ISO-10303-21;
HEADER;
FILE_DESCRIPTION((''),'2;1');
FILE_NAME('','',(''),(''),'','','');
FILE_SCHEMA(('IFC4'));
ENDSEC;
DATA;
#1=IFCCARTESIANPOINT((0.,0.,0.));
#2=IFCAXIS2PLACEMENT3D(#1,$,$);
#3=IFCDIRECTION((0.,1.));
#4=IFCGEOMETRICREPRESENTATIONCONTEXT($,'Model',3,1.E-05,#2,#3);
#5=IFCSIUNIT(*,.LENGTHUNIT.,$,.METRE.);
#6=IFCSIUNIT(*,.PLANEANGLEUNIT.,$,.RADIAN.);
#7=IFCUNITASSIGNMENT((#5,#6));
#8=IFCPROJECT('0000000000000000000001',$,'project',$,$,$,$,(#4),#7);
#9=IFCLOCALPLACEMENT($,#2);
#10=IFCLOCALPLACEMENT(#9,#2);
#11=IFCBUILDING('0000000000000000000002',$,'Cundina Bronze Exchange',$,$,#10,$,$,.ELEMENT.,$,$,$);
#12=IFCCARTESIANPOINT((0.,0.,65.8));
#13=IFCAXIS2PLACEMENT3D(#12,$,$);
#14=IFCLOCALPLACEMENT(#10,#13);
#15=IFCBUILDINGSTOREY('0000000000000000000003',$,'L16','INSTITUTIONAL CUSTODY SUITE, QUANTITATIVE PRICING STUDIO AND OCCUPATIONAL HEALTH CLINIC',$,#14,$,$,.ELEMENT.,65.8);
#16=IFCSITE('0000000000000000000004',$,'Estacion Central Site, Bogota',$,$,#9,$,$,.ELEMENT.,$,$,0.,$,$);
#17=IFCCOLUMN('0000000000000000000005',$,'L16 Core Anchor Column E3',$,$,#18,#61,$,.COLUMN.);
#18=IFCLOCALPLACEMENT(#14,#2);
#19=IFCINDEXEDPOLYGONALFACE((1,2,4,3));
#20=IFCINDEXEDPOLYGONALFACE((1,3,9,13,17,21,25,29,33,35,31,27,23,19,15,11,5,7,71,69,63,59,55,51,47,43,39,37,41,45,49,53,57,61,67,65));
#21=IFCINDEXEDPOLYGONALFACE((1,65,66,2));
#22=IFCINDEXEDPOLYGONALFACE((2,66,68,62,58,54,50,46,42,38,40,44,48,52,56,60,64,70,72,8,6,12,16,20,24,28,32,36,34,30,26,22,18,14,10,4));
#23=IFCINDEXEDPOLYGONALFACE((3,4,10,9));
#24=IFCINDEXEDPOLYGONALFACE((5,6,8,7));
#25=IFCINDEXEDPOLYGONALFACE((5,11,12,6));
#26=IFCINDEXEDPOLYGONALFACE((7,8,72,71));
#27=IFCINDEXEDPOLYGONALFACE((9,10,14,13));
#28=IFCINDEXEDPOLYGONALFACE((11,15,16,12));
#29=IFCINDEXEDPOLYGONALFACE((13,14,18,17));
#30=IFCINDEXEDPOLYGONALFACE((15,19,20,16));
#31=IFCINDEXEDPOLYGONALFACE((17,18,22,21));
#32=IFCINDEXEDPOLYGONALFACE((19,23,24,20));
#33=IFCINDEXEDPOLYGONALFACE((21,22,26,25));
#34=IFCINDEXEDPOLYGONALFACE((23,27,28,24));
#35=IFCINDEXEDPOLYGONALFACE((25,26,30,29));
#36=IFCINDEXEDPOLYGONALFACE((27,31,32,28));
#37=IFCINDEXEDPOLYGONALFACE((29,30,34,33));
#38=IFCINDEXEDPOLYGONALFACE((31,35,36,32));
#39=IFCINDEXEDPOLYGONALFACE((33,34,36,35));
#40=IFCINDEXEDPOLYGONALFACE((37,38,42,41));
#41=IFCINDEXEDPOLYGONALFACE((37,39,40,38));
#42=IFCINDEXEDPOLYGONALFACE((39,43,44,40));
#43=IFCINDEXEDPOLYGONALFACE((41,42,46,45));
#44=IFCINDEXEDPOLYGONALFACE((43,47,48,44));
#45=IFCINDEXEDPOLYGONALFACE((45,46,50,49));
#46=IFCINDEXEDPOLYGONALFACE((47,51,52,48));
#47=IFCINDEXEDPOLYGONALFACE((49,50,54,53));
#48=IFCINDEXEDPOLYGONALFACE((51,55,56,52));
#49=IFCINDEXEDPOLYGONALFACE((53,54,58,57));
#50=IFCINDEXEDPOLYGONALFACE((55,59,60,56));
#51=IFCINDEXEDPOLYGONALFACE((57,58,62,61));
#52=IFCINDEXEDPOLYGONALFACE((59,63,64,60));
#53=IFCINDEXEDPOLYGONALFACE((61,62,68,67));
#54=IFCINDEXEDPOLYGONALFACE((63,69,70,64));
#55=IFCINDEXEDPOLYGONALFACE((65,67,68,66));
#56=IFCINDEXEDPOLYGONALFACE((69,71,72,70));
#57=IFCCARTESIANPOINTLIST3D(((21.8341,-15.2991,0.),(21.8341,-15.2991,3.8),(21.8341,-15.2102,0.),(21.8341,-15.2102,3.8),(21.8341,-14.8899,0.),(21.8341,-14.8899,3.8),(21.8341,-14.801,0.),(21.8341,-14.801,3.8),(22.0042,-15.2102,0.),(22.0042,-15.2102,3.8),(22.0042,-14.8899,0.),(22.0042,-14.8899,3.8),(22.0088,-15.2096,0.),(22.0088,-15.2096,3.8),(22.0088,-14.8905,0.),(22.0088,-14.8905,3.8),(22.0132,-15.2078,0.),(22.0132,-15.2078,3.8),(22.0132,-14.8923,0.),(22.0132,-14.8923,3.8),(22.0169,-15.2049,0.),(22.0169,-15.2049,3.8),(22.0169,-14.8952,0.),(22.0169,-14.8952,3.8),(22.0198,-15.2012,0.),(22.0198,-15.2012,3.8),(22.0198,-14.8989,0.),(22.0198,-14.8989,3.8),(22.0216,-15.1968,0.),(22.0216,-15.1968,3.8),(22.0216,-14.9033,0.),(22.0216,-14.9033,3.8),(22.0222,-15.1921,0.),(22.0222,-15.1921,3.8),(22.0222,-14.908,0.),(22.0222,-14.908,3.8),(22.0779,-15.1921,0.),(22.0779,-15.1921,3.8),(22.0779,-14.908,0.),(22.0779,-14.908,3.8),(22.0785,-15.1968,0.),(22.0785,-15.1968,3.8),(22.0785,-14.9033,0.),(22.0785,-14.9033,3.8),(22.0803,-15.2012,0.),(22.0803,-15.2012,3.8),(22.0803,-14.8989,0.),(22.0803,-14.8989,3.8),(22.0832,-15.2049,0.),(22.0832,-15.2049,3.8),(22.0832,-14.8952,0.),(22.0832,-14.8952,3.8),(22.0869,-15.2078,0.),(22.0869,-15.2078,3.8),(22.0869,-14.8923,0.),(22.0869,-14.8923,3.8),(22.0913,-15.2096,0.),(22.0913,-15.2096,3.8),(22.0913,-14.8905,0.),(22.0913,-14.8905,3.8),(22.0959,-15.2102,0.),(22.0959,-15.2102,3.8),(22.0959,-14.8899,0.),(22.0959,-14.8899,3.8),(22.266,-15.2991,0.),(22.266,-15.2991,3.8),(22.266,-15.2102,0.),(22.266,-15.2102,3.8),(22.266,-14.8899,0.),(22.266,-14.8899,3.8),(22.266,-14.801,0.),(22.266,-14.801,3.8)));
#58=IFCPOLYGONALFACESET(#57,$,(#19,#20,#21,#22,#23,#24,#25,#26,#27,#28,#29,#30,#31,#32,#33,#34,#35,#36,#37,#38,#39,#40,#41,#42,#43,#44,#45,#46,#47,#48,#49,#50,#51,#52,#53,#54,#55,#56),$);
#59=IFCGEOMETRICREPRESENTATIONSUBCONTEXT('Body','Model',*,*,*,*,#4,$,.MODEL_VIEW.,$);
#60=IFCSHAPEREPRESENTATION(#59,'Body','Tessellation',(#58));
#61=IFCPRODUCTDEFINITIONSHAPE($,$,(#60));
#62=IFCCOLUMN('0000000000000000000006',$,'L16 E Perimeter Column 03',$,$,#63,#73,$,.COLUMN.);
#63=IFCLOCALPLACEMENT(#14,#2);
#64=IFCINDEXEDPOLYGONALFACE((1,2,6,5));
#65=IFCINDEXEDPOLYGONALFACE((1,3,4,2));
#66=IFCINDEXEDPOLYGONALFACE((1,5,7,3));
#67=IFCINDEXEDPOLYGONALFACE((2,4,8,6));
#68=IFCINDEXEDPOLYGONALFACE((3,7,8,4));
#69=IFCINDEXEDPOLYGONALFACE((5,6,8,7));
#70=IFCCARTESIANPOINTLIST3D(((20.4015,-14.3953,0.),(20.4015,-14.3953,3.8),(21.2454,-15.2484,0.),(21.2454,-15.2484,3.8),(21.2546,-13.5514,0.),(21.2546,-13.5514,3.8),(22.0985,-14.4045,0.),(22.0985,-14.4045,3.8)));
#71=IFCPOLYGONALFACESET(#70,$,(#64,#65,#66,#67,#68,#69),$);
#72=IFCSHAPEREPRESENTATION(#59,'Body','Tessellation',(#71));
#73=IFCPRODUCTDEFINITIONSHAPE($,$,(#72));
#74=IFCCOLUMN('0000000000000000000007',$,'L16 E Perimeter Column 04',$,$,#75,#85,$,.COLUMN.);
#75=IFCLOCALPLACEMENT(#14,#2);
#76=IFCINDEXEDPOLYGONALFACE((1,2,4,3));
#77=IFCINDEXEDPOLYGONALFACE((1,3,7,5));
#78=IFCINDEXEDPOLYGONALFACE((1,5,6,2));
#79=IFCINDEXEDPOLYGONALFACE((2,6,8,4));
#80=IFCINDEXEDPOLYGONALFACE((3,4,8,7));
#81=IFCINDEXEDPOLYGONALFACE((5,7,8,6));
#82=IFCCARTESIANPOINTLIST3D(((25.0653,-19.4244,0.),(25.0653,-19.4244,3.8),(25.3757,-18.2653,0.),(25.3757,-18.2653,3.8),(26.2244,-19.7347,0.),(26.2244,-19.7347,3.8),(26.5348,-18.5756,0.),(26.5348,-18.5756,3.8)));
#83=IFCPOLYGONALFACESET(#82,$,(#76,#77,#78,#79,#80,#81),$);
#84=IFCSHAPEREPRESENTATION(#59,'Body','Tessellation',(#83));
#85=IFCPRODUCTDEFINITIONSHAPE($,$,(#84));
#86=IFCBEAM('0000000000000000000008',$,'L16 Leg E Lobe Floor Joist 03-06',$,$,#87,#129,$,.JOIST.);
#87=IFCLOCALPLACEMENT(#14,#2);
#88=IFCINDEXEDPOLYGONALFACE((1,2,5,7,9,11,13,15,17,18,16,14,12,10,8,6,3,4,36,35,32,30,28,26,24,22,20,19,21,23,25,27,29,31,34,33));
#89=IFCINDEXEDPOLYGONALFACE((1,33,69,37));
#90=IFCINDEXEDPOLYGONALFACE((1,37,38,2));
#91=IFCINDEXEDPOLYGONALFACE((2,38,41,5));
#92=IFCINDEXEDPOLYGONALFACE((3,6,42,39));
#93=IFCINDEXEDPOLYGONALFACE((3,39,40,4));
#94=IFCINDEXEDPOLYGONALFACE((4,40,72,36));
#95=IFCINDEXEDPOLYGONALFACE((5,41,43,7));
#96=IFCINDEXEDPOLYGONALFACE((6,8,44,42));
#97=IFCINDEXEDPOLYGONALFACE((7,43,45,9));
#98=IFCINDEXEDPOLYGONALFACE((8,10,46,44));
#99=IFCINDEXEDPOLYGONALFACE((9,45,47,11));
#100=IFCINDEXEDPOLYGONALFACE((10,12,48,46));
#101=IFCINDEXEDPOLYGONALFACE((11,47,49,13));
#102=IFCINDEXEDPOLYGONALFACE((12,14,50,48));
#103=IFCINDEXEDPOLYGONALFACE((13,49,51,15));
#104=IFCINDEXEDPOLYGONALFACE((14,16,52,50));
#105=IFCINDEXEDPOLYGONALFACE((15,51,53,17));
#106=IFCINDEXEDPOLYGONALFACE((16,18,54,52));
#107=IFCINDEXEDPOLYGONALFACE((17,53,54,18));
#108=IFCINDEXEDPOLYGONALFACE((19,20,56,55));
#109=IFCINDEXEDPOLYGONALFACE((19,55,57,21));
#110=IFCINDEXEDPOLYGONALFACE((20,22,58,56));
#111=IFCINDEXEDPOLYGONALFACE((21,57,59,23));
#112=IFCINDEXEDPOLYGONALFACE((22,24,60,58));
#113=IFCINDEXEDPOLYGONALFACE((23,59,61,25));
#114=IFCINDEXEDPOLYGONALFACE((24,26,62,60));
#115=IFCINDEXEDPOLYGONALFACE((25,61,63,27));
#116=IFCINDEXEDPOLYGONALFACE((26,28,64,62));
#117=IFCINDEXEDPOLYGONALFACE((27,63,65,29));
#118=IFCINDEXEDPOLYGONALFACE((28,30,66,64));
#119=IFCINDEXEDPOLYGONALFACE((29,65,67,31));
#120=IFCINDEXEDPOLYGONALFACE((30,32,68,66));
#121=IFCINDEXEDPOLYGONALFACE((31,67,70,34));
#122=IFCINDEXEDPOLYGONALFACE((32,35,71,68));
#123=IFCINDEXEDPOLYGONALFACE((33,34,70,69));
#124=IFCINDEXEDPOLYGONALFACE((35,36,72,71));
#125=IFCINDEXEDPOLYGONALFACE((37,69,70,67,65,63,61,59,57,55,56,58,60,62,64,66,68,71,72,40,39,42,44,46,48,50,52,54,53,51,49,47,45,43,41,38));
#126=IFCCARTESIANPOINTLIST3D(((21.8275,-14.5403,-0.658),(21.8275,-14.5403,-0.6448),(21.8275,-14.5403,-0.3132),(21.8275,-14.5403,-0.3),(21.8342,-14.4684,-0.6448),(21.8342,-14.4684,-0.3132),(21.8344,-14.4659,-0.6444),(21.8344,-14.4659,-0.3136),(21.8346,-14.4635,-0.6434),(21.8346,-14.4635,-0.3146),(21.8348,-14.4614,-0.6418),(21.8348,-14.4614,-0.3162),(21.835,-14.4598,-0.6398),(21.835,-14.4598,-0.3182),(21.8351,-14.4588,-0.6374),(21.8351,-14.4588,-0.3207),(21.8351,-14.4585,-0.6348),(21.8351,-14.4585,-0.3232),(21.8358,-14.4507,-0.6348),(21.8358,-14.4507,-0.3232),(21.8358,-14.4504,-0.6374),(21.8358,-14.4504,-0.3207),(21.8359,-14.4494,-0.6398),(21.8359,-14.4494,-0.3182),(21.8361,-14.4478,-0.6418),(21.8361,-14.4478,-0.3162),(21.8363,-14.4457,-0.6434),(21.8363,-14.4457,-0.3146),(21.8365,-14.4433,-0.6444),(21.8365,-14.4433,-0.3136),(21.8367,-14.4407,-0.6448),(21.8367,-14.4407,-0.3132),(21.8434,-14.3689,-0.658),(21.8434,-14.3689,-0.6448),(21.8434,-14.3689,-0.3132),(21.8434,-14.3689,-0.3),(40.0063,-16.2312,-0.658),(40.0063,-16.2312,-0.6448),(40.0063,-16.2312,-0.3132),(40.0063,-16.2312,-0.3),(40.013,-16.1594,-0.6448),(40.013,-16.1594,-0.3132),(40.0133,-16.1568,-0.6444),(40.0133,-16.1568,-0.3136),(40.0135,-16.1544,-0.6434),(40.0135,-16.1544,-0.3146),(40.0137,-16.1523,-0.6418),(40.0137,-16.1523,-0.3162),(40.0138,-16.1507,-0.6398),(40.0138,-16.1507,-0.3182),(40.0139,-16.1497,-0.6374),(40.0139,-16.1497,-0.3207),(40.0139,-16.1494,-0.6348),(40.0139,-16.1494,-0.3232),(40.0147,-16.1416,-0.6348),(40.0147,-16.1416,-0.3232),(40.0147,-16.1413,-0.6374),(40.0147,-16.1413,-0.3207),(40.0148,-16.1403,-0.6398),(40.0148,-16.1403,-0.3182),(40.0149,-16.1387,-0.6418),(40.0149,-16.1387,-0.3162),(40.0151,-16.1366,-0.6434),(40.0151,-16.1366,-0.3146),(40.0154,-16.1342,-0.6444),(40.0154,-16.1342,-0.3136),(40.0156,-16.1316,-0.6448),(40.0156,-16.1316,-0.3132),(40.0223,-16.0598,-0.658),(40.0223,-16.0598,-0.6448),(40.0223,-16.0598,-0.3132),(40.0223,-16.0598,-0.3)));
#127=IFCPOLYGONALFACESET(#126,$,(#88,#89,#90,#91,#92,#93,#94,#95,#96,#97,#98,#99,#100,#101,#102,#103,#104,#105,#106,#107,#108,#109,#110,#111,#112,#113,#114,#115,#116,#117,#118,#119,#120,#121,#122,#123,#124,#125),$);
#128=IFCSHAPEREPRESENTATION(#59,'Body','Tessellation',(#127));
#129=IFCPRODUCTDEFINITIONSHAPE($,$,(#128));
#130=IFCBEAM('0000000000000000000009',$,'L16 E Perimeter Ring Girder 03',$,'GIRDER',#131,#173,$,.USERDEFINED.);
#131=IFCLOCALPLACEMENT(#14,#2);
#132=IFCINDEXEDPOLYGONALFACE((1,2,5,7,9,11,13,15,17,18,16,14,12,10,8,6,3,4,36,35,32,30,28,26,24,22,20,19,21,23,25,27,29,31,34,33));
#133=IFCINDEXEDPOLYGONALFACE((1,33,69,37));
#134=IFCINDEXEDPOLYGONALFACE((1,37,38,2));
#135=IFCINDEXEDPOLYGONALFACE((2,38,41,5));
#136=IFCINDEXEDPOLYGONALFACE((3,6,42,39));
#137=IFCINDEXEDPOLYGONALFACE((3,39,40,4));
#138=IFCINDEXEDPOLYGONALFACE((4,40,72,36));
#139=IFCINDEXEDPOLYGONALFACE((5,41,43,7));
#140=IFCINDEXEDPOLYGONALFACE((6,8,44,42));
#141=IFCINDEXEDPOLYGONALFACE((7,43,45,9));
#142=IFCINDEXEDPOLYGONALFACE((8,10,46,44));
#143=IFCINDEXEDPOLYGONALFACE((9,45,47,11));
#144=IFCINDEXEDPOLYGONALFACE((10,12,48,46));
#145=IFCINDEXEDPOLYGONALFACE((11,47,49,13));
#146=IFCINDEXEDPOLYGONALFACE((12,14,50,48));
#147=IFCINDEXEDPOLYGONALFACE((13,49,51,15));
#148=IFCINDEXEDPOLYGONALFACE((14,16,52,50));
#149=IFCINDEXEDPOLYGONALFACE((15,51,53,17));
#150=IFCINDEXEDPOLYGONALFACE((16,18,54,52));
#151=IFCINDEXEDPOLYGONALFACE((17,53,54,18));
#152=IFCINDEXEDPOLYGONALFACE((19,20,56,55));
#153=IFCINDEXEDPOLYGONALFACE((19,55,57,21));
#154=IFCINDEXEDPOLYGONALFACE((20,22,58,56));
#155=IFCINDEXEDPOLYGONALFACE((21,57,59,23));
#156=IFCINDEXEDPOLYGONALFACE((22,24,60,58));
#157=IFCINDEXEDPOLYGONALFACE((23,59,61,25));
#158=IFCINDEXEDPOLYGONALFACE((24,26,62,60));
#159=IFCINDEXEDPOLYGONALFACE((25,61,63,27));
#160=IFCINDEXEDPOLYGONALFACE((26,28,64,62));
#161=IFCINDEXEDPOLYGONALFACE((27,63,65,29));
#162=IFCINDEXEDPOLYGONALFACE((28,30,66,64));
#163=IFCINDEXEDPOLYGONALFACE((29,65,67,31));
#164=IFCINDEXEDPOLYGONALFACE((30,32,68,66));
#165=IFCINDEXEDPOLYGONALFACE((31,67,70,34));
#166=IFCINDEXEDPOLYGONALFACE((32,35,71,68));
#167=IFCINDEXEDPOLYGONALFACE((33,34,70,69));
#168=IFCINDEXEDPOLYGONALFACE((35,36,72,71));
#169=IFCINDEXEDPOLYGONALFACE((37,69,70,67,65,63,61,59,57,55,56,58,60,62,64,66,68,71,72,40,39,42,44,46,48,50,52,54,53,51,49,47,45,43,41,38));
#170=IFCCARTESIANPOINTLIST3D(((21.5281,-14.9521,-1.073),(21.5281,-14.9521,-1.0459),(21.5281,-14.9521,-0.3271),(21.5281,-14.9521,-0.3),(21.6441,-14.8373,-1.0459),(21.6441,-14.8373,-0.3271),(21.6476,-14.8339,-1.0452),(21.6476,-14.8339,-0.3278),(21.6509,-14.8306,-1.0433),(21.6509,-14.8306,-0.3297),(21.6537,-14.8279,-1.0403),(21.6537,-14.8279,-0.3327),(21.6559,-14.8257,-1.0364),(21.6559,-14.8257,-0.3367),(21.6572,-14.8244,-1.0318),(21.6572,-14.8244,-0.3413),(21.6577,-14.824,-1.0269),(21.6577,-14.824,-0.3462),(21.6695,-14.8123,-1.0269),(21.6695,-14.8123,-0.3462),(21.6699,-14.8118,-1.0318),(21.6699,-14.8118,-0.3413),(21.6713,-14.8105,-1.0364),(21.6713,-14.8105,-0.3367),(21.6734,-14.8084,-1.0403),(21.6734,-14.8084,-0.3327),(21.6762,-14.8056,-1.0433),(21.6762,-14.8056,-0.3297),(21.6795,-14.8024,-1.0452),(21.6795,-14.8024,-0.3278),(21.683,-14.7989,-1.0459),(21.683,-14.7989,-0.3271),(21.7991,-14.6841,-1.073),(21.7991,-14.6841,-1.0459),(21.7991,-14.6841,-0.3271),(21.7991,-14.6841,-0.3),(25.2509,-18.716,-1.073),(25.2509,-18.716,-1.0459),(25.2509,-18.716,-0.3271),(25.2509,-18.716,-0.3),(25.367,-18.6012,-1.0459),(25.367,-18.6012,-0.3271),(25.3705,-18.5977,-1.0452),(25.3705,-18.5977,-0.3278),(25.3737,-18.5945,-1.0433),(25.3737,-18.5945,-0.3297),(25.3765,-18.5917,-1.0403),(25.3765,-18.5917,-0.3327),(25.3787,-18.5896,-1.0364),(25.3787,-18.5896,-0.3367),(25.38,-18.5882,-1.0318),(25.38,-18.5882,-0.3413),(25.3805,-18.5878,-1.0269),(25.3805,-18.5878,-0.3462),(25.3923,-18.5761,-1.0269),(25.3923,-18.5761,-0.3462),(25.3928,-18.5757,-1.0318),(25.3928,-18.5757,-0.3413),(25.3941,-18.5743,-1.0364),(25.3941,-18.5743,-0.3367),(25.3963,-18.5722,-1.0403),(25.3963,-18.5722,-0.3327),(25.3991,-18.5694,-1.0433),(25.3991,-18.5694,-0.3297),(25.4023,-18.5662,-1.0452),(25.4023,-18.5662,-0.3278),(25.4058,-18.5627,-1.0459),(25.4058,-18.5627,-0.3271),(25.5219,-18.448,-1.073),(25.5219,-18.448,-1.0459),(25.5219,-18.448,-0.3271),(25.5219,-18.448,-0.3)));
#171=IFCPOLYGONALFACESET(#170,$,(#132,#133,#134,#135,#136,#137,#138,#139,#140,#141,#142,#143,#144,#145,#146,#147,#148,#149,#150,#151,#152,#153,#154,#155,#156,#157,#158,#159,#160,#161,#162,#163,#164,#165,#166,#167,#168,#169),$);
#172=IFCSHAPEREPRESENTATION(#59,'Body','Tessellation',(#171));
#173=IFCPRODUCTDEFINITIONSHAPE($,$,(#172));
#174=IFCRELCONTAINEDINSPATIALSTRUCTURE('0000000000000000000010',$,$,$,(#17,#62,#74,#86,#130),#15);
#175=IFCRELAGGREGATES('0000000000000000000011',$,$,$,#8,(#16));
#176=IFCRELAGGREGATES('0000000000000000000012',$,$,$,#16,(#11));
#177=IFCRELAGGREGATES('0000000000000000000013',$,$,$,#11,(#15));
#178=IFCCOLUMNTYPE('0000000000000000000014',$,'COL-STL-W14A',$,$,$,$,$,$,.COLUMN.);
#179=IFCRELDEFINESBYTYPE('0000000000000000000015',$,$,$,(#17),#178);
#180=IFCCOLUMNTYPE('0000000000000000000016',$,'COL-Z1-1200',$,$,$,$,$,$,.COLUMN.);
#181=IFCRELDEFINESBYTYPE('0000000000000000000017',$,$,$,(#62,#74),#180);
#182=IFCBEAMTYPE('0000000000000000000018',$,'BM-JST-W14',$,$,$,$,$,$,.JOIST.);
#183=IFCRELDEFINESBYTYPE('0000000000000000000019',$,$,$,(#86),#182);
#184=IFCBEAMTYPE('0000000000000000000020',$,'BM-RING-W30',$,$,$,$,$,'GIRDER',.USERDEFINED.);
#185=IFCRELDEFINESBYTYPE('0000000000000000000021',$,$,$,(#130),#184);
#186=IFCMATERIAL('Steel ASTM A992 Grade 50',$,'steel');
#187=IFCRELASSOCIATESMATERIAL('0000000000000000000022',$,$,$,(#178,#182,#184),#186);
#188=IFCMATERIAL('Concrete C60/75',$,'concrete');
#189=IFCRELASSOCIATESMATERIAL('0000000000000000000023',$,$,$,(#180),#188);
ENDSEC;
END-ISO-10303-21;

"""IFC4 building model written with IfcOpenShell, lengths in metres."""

from ifc_helpers import new_model, si_unit, direction, frame, origin, origin_2d, place, context, subcontext, project, spatial, rectangle, i_section, extrude, material, material_profile, profile_set, type_object, element, save


model = new_model("IFC4")

# Units and contexts
model_context = context("Model", 3, precision=1e-05, world=origin(), true_north=direction((0.0, 1.0)))
body_context = subcontext(model_context, "Body", "Model", "MODEL_VIEW")
ifc_project = project(units=[si_unit("LENGTHUNIT", "METRE"), si_unit("PLANEANGLEUNIT", "RADIAN")], contexts=[model_context])

# Site, building, storey
site_placement = place(None, origin())
site = spatial("IfcSite", under=ifc_project, at=site_placement, Name="Estacion Central Site, Bogota", CompositionType="ELEMENT", RefElevation=0.0)
building_placement = place(site_placement, origin())
building = spatial("IfcBuilding", under=site, at=building_placement, Name="Cundina Bronze Exchange", CompositionType="ELEMENT")
storey_placement = place(building_placement, frame((0.0, 0.0, 65.8)))
storey = spatial("IfcBuildingStorey", under=building, at=storey_placement, Name="L16", Description="INSTITUTIONAL CUSTODY SUITE, QUANTITATIVE PRICING STUDIO AND OCCUPATIONAL HEALTH CLINIC", CompositionType="ELEMENT", Elevation=65.8)

# Columns
ifc_material_1 = material(Name="Steel ASTM A992 Grade 50", Category="steel")
ifc_material_profile_1 = material_profile(ifc_material_1, i_section(OverallWidth=0.4319, OverallDepth=0.498, WebThickness=0.0557, FlangeThickness=0.0889, FilletRadius=0.0181, at=origin_2d()), Name="W14X500", Category="steel")
ifc_profile_set_1 = profile_set([ifc_material_profile_1], Name="Steel ASTM A992 Grade 50")
column_type_1 = type_object("IfcColumnType", Name="COL-STL-W14A", PredefinedType="COLUMN", material=ifc_profile_set_1)
column_placement = place(storey_placement, frame((22.05, -15.05, 0.0), z_axis=(0.0, 0.0, 1.0), x_axis=(1.0, 0.0, 0.0)))
element("IfcColumn", 1, at=column_placement, inside=storey, type_object=column_type_1, Name="L16 Core Anchor Column E3", PredefinedType="COLUMN", context=body_context, shape_type="SweptSolid", body=[
    extrude(i_section(OverallWidth=0.4319, OverallDepth=0.498, WebThickness=0.0557, FlangeThickness=0.0889, FilletRadius=0.0181, at=origin_2d()), origin(), (0.0, 0.0, 1.0), 3.8),
])
ifc_material_2 = material(Name="Concrete C60/75", Category="concrete")
ifc_material_profile_2 = material_profile(ifc_material_2, rectangle(XDim=1.2, YDim=1.2, at=origin_2d()), Name="RC1200X1200", Category="concrete")
ifc_profile_set_2 = profile_set([ifc_material_profile_2], Name="Concrete C60/75")
column_type_2 = type_object("IfcColumnType", Name="COL-Z1-1200", PredefinedType="COLUMN", material=ifc_profile_set_2)
for number, where, z_axis, x_axis, name in (
    (2, (21.25, -14.3999, 0.0), (0.0, 0.0, 1.0), (0.703271, -0.710922, 0.0), "L16 E Perimeter Column 03"),
    (3, (25.8, -19.0, 0.0), (0.0, 0.0, 1.0), (0.965971, -0.25865, 0.0), "L16 E Perimeter Column 04"),
):
    element("IfcColumn", number, at=place(storey_placement, frame(where, z_axis=z_axis, x_axis=x_axis)), inside=storey, type_object=column_type_2, Name=name, PredefinedType="COLUMN", context=body_context, shape_type="SweptSolid", body=[
        extrude(rectangle(XDim=1.2, YDim=1.2, at=origin_2d()), origin(), (0.0, 0.0, 1.0), 3.8),
    ])

# Beams
ifc_material_profile_3 = material_profile(ifc_material_1, i_section(OverallWidth=0.1721, OverallDepth=0.3579, WebThickness=0.0078, FlangeThickness=0.0132, FilletRadius=0.01, at=origin_2d()), Name="W14X38", Category="steel")
ifc_profile_set_3 = profile_set([ifc_material_profile_3], Name="Steel ASTM A992 Grade 50")
beam_type_1 = type_object("IfcBeamType", Name="BM-JST-W14", PredefinedType="JOIST", material=ifc_profile_set_3)
beam_1_placement = place(storey_placement, frame((21.8354, -14.4546, -0.479), z_axis=(0.995702, -0.092615, 0.0), x_axis=(0.092615, 0.995702, 0.0)))
element("IfcBeam", 4, at=beam_1_placement, inside=storey, type_object=beam_type_1, Name="L16 Leg E Lobe Floor Joist 03-06", PredefinedType="JOIST", context=body_context, shape_type="SweptSolid", body=[
    extrude(i_section(OverallWidth=0.1721, OverallDepth=0.3579, WebThickness=0.0078, FlangeThickness=0.0132, FilletRadius=0.01, at=origin_2d()), origin(), (0.0, 0.0, 1.0), 18.2573),
])
ifc_material_profile_4 = material_profile(ifc_material_1, i_section(OverallWidth=0.3811, OverallDepth=0.7729, WebThickness=0.0166, FlangeThickness=0.0271, FilletRadius=0.019, at=origin_2d()), Name="W30X173", Category="steel")
ifc_profile_set_4 = profile_set([ifc_material_profile_4], Name="Steel ASTM A992 Grade 50")
beam_type_2 = type_object("IfcBeamType", Name="BM-RING-W30", ElementType="GIRDER", PredefinedType="USERDEFINED", material=ifc_profile_set_4)
beam_2_placement = place(storey_placement, frame((21.6636, -14.8181, -0.6865), z_axis=(0.703222, -0.71097, 0.0), x_axis=(0.71097, 0.703222, 0.0)))
element("IfcBeam", 5, at=beam_2_placement, inside=storey, type_object=beam_type_2, Name="L16 E Perimeter Ring Girder 03", ObjectType="GIRDER", PredefinedType="USERDEFINED", context=body_context, shape_type="SweptSolid", body=[
    extrude(i_section(OverallWidth=0.3811, OverallDepth=0.7729, WebThickness=0.0166, FlangeThickness=0.0271, FilletRadius=0.019, at=origin_2d()), origin(), (0.0, 0.0, 1.0), 5.2939),
])

save(model, "model.ifc")
